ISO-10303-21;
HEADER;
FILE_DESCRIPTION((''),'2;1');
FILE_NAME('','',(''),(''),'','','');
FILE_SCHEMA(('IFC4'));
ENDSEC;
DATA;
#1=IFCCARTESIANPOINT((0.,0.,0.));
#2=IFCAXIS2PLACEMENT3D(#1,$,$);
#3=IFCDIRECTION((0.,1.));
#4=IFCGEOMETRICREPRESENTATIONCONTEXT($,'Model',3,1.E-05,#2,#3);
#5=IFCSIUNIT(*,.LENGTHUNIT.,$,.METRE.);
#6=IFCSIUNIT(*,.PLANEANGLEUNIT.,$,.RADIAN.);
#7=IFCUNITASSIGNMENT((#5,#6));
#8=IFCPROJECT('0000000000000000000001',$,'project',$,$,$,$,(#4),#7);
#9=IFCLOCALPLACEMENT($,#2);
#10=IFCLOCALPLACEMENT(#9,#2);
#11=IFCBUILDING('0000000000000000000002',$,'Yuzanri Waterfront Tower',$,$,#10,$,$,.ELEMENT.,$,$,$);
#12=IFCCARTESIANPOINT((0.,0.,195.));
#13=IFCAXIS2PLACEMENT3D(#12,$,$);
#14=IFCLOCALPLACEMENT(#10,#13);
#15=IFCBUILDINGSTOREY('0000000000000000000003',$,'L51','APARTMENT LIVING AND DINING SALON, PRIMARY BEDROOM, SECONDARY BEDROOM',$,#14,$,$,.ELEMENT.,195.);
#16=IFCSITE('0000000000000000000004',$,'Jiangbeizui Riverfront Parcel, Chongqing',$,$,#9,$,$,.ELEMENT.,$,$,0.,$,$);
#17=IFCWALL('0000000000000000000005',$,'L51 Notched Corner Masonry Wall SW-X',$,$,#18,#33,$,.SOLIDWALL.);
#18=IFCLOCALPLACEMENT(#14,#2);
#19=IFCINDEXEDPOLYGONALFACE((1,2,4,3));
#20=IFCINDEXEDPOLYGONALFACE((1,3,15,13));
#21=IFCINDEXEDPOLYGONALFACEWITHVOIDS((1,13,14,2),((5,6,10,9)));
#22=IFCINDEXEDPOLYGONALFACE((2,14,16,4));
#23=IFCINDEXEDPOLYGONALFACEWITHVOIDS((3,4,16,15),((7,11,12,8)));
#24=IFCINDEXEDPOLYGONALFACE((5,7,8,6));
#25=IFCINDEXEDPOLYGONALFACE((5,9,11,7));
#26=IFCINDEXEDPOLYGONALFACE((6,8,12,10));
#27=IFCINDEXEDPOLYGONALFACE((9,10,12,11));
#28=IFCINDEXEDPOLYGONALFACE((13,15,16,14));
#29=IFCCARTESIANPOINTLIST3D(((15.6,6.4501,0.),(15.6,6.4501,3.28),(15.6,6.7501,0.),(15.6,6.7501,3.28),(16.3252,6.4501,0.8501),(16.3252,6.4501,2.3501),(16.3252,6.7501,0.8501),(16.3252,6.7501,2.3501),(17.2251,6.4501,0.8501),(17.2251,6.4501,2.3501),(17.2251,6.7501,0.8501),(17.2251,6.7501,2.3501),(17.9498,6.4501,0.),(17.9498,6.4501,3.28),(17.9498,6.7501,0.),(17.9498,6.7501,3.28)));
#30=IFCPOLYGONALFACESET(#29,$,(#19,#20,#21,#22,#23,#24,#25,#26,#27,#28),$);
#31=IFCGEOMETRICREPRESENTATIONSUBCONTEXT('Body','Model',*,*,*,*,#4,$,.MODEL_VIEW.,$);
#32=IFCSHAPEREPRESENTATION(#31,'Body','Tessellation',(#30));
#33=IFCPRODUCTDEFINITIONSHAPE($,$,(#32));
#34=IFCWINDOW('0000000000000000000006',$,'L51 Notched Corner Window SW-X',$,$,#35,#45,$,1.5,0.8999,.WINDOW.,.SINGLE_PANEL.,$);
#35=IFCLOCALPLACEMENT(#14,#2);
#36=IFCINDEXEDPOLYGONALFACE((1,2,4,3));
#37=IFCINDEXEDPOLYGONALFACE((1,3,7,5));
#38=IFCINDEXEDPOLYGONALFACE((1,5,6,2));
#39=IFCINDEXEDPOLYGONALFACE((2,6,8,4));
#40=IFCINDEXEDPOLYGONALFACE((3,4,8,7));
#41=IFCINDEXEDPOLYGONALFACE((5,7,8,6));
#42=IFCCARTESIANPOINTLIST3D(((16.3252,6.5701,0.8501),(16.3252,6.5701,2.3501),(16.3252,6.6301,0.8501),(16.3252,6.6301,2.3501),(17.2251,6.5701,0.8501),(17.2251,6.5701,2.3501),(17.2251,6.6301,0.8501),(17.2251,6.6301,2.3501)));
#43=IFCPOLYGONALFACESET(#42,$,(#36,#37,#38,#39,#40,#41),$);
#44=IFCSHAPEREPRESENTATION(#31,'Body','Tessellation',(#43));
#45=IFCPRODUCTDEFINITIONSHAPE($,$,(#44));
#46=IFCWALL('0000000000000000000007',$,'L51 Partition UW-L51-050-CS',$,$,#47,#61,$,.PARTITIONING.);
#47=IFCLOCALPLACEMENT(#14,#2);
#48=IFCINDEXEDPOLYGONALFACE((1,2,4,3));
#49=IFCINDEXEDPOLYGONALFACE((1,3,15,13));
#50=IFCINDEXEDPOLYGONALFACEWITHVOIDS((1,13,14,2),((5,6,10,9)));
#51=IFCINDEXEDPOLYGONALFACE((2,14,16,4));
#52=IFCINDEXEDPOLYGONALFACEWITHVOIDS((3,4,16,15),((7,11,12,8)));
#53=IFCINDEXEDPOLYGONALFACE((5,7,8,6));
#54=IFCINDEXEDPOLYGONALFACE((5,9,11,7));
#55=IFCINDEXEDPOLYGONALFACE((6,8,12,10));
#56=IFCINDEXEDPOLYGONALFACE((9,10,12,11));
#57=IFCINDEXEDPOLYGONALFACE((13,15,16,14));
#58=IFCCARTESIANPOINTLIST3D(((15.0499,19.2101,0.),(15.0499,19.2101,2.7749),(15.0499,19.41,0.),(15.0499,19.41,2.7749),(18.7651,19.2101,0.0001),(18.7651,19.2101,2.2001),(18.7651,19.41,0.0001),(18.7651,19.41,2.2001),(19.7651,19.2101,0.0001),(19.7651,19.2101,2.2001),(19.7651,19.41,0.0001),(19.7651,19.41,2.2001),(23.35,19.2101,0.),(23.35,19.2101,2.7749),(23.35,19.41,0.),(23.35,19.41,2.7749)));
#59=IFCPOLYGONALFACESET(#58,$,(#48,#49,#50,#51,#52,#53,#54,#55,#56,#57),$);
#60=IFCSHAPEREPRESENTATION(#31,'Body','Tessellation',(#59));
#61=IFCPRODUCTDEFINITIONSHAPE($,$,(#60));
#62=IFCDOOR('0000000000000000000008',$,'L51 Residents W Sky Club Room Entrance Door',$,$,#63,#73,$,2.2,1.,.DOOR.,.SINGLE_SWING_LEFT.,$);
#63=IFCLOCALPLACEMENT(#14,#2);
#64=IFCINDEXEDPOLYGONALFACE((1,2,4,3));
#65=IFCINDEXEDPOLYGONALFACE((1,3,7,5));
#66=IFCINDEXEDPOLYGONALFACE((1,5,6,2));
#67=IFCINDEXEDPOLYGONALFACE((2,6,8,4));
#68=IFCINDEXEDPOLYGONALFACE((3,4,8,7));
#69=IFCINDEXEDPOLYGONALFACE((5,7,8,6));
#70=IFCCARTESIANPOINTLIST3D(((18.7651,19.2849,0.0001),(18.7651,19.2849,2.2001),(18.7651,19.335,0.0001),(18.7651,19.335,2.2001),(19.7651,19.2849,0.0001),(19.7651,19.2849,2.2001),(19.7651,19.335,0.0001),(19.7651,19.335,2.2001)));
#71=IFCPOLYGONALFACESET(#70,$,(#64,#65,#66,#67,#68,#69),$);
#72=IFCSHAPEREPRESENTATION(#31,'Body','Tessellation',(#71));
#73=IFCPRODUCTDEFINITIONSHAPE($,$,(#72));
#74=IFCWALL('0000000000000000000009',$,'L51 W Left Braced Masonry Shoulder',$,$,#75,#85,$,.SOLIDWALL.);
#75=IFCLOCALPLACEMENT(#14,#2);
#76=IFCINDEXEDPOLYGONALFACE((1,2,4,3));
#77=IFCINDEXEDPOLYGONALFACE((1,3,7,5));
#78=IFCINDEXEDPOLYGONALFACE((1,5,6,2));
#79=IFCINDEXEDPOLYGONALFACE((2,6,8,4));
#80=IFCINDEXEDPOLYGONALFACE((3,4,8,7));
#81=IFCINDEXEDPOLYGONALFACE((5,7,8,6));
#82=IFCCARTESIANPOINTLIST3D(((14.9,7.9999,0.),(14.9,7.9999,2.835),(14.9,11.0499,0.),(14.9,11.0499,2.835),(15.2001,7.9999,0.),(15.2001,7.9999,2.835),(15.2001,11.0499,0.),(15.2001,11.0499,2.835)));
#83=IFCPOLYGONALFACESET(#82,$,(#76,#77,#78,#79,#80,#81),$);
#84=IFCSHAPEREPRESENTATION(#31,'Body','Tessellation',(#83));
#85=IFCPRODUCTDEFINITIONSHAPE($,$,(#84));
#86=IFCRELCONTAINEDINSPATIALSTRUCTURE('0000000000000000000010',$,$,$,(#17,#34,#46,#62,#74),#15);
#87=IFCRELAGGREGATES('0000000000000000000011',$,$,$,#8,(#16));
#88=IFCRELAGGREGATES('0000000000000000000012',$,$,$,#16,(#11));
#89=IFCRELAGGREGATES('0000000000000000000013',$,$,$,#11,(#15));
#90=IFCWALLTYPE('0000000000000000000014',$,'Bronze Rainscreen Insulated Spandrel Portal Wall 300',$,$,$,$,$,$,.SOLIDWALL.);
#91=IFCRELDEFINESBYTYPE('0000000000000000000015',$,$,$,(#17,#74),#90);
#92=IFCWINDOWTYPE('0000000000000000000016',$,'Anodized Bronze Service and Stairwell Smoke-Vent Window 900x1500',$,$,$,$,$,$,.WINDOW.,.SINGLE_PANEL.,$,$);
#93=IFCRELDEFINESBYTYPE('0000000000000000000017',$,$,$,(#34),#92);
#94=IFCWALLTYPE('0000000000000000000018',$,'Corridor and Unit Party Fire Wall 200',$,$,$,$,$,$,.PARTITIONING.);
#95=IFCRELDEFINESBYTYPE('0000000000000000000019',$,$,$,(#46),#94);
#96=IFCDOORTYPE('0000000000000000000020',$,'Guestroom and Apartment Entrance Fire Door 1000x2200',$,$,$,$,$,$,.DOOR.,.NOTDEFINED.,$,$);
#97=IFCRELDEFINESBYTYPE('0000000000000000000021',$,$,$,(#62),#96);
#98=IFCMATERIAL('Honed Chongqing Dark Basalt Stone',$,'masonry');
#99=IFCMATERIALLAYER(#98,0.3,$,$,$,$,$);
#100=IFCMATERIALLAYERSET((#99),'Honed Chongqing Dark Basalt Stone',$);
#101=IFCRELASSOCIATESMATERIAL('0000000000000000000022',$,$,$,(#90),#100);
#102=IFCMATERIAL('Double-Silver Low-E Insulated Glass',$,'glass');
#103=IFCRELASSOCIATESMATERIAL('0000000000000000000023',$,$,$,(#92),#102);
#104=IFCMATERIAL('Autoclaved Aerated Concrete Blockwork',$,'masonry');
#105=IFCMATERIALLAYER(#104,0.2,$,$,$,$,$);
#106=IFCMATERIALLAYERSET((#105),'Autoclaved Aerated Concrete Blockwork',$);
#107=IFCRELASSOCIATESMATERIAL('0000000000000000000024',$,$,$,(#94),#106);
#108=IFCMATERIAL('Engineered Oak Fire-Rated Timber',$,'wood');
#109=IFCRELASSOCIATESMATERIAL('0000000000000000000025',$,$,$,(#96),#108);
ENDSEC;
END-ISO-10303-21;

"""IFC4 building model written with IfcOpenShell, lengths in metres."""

from ifc_helpers import new_model, si_unit, direction, frame, frame_2d, origin, place, context, subcontext, project, spatial, rectangle, extrude, source, transform, mapped, material, layer, layer_set, type_object, element, fill, save


model = new_model("IFC4")

# Units and contexts
model_context = context("Model", 3, precision=1e-05, world=origin(), true_north=direction((0.0, 1.0)))
body_context = subcontext(model_context, "Body", "Model", "MODEL_VIEW")
ifc_project = project(units=[si_unit("LENGTHUNIT", "METRE"), si_unit("PLANEANGLEUNIT", "RADIAN")], contexts=[model_context])

# Site, building, storey
site_placement = place(None, origin())
site = spatial("IfcSite", under=ifc_project, at=site_placement, Name="Jiangbeizui Riverfront Parcel, Chongqing", CompositionType="ELEMENT", RefElevation=0.0)
building_placement = place(site_placement, origin())
building = spatial("IfcBuilding", under=site, at=building_placement, Name="Yuzanri Waterfront Tower", CompositionType="ELEMENT")
storey_placement = place(building_placement, frame((0.0, 0.0, 195.0)))
storey = spatial("IfcBuildingStorey", under=building, at=storey_placement, Name="L51", Description="APARTMENT LIVING AND DINING SALON, PRIMARY BEDROOM, SECONDARY BEDROOM", CompositionType="ELEMENT", Elevation=195.0)

# Wall, opening, window
ifc_material_1 = material(Name="Honed Chongqing Dark Basalt Stone", Category="masonry")
ifc_layer_1 = layer(ifc_material_1, 0.3)
ifc_layer_set_1 = layer_set([ifc_layer_1], Name="Honed Chongqing Dark Basalt Stone")
wall_type_1 = type_object("IfcWallType", Name="Bronze Rainscreen Insulated Spandrel Portal Wall 300", PredefinedType="SOLIDWALL", material=ifc_layer_set_1)
wall_1_placement = place(storey_placement, frame((15.6001, 6.6001, 0.0), z_axis=(0.0, 0.0, 1.0), x_axis=(1.0, 0.0, 0.0)))
wall_1 = element("IfcWall", 1, at=wall_1_placement, inside=storey, type_object=wall_type_1, Name="L51 Notched Corner Masonry Wall SW-X", PredefinedType="SOLIDWALL", context=body_context, shape_type="SweptSolid", body=[
    extrude(rectangle(XDim=2.3499, YDim=0.3, at=frame_2d((1.1748, 0.0))), origin(), (0.0, 0.0, 1.0), 3.28),
])
opening_1_placement = place(wall_1_placement, frame((0.7251, 0.0, 0.8501)))
opening_1 = element("IfcOpeningElement", 2, at=opening_1_placement, cuts=wall_1, PredefinedType="OPENING", context=body_context, shape_type="SweptSolid", body=[
    extrude(rectangle(XDim=0.8999, YDim=1.5, at=frame_2d((0.45, 0.75))), frame((0.0, 0.165, 0.0), z_axis=(0.0, -1.0, 0.0), x_axis=(1.0, 0.0, 0.0)), (0.0, 0.0, 1.0), 0.3298),
])
ifc_material_2 = material(Name="Double-Silver Low-E Insulated Glass", Category="glass")
window_type = type_object("IfcWindowType", Name="Anodized Bronze Service and Stairwell Smoke-Vent Window 900x1500", PartitioningType="SINGLE_PANEL", PredefinedType="WINDOW", material=ifc_material_2)
shared_shape_1 = source(origin(), body_context, "Body", "SweptSolid", [
    extrude(rectangle(XDim=0.8999, YDim=1.5, at=frame_2d((0.45, 0.75))), frame((0.0, 0.03, 0.0), z_axis=(0.0, -1.0, 0.0), x_axis=(1.0, 0.0, 0.0)), (0.0, 0.0, 1.0), 0.0601),
])
window_placement = place(opening_1_placement, origin())
window = element("IfcWindow", 3, at=window_placement, inside=storey, type_object=window_type, Name="L51 Notched Corner Window SW-X", OverallHeight=1.5, OverallWidth=0.8999, PartitioningType="SINGLE_PANEL", PredefinedType="WINDOW", context=body_context, shape_type="MappedRepresentation", body=[
    mapped(shared_shape_1, transform((0.0, 0.0, 0.0), scale=1.0)),
])
fill(opening_1, window)

# Wall, opening, door
ifc_material_3 = material(Name="Autoclaved Aerated Concrete Blockwork", Category="masonry")
ifc_layer_2 = layer(ifc_material_3, 0.2)
ifc_layer_set_2 = layer_set([ifc_layer_2], Name="Autoclaved Aerated Concrete Blockwork")
wall_type_2 = type_object("IfcWallType", Name="Corridor and Unit Party Fire Wall 200", PredefinedType="PARTITIONING", material=ifc_layer_set_2)
wall_2_placement = place(storey_placement, frame((15.05, 19.3101, 0.0), z_axis=(0.0, 0.0, 1.0), x_axis=(1.0, 0.0, 0.0)))
wall_2 = element("IfcWall", 4, at=wall_2_placement, inside=storey, type_object=wall_type_2, Name="L51 Partition UW-L51-050-CS", PredefinedType="PARTITIONING", context=body_context, shape_type="SweptSolid", body=[
    extrude(rectangle(XDim=8.3, YDim=0.2, at=frame_2d((4.1499, 0.0))), origin(), (0.0, 0.0, 1.0), 2.7749),
])
opening_2_placement = place(wall_2_placement, frame((3.7151, 0.0, 0.0)))
opening_2 = element("IfcOpeningElement", 5, at=opening_2_placement, cuts=wall_2, PredefinedType="OPENING", context=body_context, shape_type="SweptSolid", body=[
    extrude(rectangle(XDim=1.0, YDim=2.2, at=frame_2d((0.5, 1.1001))), frame((0.0, 0.1147, 0.0), z_axis=(0.0, -1.0, 0.0), x_axis=(1.0, 0.0, 0.0)), (0.0, 0.0, 1.0), 0.2297),
])
ifc_material_4 = material(Name="Engineered Oak Fire-Rated Timber", Category="wood")
door_type = type_object("IfcDoorType", Name="Guestroom and Apartment Entrance Fire Door 1000x2200", OperationType="NOTDEFINED", PredefinedType="DOOR", material=ifc_material_4)
shared_shape_2 = source(origin(), body_context, "Body", "SweptSolid", [
    extrude(rectangle(XDim=1.0, YDim=2.2, at=frame_2d((0.5, 1.1001))), frame((0.0, 0.0249, 0.0), z_axis=(0.0, -1.0, 0.0), x_axis=(1.0, 0.0, 0.0)), (0.0, 0.0, 1.0), 0.05),
])
door_placement = place(opening_2_placement, origin())
door = element("IfcDoor", 6, at=door_placement, inside=storey, type_object=door_type, Name="L51 Residents W Sky Club Room Entrance Door", OperationType="SINGLE_SWING_LEFT", OverallHeight=2.2, OverallWidth=1.0, PredefinedType="DOOR", context=body_context, shape_type="MappedRepresentation", body=[
    mapped(shared_shape_2, transform((0.0, 0.0, 0.0), scale=1.0)),
])
fill(opening_2, door)

# Wall
shared_shape_3 = source(origin(), body_context, "Body", "SweptSolid", [
    extrude(rectangle(XDim=3.05, YDim=0.3, at=frame_2d((1.5249, 0.0))), origin(), (0.0, 0.0, 1.0), 2.835),
])
wall_3_placement = place(storey_placement, frame((15.05, 8.0, 0.0), z_axis=(0.0, 0.0, 1.0), x_axis=(0.0, 1.0, 0.0)))
element("IfcWall", 7, at=wall_3_placement, inside=storey, type_object=wall_type_1, Name="L51 W Left Braced Masonry Shoulder", PredefinedType="SOLIDWALL", context=body_context, shape_type="MappedRepresentation", body=[
    mapped(shared_shape_3, transform((0.0, 0.0, 0.0), scale=1.0)),
])

save(model, "model.ifc")
